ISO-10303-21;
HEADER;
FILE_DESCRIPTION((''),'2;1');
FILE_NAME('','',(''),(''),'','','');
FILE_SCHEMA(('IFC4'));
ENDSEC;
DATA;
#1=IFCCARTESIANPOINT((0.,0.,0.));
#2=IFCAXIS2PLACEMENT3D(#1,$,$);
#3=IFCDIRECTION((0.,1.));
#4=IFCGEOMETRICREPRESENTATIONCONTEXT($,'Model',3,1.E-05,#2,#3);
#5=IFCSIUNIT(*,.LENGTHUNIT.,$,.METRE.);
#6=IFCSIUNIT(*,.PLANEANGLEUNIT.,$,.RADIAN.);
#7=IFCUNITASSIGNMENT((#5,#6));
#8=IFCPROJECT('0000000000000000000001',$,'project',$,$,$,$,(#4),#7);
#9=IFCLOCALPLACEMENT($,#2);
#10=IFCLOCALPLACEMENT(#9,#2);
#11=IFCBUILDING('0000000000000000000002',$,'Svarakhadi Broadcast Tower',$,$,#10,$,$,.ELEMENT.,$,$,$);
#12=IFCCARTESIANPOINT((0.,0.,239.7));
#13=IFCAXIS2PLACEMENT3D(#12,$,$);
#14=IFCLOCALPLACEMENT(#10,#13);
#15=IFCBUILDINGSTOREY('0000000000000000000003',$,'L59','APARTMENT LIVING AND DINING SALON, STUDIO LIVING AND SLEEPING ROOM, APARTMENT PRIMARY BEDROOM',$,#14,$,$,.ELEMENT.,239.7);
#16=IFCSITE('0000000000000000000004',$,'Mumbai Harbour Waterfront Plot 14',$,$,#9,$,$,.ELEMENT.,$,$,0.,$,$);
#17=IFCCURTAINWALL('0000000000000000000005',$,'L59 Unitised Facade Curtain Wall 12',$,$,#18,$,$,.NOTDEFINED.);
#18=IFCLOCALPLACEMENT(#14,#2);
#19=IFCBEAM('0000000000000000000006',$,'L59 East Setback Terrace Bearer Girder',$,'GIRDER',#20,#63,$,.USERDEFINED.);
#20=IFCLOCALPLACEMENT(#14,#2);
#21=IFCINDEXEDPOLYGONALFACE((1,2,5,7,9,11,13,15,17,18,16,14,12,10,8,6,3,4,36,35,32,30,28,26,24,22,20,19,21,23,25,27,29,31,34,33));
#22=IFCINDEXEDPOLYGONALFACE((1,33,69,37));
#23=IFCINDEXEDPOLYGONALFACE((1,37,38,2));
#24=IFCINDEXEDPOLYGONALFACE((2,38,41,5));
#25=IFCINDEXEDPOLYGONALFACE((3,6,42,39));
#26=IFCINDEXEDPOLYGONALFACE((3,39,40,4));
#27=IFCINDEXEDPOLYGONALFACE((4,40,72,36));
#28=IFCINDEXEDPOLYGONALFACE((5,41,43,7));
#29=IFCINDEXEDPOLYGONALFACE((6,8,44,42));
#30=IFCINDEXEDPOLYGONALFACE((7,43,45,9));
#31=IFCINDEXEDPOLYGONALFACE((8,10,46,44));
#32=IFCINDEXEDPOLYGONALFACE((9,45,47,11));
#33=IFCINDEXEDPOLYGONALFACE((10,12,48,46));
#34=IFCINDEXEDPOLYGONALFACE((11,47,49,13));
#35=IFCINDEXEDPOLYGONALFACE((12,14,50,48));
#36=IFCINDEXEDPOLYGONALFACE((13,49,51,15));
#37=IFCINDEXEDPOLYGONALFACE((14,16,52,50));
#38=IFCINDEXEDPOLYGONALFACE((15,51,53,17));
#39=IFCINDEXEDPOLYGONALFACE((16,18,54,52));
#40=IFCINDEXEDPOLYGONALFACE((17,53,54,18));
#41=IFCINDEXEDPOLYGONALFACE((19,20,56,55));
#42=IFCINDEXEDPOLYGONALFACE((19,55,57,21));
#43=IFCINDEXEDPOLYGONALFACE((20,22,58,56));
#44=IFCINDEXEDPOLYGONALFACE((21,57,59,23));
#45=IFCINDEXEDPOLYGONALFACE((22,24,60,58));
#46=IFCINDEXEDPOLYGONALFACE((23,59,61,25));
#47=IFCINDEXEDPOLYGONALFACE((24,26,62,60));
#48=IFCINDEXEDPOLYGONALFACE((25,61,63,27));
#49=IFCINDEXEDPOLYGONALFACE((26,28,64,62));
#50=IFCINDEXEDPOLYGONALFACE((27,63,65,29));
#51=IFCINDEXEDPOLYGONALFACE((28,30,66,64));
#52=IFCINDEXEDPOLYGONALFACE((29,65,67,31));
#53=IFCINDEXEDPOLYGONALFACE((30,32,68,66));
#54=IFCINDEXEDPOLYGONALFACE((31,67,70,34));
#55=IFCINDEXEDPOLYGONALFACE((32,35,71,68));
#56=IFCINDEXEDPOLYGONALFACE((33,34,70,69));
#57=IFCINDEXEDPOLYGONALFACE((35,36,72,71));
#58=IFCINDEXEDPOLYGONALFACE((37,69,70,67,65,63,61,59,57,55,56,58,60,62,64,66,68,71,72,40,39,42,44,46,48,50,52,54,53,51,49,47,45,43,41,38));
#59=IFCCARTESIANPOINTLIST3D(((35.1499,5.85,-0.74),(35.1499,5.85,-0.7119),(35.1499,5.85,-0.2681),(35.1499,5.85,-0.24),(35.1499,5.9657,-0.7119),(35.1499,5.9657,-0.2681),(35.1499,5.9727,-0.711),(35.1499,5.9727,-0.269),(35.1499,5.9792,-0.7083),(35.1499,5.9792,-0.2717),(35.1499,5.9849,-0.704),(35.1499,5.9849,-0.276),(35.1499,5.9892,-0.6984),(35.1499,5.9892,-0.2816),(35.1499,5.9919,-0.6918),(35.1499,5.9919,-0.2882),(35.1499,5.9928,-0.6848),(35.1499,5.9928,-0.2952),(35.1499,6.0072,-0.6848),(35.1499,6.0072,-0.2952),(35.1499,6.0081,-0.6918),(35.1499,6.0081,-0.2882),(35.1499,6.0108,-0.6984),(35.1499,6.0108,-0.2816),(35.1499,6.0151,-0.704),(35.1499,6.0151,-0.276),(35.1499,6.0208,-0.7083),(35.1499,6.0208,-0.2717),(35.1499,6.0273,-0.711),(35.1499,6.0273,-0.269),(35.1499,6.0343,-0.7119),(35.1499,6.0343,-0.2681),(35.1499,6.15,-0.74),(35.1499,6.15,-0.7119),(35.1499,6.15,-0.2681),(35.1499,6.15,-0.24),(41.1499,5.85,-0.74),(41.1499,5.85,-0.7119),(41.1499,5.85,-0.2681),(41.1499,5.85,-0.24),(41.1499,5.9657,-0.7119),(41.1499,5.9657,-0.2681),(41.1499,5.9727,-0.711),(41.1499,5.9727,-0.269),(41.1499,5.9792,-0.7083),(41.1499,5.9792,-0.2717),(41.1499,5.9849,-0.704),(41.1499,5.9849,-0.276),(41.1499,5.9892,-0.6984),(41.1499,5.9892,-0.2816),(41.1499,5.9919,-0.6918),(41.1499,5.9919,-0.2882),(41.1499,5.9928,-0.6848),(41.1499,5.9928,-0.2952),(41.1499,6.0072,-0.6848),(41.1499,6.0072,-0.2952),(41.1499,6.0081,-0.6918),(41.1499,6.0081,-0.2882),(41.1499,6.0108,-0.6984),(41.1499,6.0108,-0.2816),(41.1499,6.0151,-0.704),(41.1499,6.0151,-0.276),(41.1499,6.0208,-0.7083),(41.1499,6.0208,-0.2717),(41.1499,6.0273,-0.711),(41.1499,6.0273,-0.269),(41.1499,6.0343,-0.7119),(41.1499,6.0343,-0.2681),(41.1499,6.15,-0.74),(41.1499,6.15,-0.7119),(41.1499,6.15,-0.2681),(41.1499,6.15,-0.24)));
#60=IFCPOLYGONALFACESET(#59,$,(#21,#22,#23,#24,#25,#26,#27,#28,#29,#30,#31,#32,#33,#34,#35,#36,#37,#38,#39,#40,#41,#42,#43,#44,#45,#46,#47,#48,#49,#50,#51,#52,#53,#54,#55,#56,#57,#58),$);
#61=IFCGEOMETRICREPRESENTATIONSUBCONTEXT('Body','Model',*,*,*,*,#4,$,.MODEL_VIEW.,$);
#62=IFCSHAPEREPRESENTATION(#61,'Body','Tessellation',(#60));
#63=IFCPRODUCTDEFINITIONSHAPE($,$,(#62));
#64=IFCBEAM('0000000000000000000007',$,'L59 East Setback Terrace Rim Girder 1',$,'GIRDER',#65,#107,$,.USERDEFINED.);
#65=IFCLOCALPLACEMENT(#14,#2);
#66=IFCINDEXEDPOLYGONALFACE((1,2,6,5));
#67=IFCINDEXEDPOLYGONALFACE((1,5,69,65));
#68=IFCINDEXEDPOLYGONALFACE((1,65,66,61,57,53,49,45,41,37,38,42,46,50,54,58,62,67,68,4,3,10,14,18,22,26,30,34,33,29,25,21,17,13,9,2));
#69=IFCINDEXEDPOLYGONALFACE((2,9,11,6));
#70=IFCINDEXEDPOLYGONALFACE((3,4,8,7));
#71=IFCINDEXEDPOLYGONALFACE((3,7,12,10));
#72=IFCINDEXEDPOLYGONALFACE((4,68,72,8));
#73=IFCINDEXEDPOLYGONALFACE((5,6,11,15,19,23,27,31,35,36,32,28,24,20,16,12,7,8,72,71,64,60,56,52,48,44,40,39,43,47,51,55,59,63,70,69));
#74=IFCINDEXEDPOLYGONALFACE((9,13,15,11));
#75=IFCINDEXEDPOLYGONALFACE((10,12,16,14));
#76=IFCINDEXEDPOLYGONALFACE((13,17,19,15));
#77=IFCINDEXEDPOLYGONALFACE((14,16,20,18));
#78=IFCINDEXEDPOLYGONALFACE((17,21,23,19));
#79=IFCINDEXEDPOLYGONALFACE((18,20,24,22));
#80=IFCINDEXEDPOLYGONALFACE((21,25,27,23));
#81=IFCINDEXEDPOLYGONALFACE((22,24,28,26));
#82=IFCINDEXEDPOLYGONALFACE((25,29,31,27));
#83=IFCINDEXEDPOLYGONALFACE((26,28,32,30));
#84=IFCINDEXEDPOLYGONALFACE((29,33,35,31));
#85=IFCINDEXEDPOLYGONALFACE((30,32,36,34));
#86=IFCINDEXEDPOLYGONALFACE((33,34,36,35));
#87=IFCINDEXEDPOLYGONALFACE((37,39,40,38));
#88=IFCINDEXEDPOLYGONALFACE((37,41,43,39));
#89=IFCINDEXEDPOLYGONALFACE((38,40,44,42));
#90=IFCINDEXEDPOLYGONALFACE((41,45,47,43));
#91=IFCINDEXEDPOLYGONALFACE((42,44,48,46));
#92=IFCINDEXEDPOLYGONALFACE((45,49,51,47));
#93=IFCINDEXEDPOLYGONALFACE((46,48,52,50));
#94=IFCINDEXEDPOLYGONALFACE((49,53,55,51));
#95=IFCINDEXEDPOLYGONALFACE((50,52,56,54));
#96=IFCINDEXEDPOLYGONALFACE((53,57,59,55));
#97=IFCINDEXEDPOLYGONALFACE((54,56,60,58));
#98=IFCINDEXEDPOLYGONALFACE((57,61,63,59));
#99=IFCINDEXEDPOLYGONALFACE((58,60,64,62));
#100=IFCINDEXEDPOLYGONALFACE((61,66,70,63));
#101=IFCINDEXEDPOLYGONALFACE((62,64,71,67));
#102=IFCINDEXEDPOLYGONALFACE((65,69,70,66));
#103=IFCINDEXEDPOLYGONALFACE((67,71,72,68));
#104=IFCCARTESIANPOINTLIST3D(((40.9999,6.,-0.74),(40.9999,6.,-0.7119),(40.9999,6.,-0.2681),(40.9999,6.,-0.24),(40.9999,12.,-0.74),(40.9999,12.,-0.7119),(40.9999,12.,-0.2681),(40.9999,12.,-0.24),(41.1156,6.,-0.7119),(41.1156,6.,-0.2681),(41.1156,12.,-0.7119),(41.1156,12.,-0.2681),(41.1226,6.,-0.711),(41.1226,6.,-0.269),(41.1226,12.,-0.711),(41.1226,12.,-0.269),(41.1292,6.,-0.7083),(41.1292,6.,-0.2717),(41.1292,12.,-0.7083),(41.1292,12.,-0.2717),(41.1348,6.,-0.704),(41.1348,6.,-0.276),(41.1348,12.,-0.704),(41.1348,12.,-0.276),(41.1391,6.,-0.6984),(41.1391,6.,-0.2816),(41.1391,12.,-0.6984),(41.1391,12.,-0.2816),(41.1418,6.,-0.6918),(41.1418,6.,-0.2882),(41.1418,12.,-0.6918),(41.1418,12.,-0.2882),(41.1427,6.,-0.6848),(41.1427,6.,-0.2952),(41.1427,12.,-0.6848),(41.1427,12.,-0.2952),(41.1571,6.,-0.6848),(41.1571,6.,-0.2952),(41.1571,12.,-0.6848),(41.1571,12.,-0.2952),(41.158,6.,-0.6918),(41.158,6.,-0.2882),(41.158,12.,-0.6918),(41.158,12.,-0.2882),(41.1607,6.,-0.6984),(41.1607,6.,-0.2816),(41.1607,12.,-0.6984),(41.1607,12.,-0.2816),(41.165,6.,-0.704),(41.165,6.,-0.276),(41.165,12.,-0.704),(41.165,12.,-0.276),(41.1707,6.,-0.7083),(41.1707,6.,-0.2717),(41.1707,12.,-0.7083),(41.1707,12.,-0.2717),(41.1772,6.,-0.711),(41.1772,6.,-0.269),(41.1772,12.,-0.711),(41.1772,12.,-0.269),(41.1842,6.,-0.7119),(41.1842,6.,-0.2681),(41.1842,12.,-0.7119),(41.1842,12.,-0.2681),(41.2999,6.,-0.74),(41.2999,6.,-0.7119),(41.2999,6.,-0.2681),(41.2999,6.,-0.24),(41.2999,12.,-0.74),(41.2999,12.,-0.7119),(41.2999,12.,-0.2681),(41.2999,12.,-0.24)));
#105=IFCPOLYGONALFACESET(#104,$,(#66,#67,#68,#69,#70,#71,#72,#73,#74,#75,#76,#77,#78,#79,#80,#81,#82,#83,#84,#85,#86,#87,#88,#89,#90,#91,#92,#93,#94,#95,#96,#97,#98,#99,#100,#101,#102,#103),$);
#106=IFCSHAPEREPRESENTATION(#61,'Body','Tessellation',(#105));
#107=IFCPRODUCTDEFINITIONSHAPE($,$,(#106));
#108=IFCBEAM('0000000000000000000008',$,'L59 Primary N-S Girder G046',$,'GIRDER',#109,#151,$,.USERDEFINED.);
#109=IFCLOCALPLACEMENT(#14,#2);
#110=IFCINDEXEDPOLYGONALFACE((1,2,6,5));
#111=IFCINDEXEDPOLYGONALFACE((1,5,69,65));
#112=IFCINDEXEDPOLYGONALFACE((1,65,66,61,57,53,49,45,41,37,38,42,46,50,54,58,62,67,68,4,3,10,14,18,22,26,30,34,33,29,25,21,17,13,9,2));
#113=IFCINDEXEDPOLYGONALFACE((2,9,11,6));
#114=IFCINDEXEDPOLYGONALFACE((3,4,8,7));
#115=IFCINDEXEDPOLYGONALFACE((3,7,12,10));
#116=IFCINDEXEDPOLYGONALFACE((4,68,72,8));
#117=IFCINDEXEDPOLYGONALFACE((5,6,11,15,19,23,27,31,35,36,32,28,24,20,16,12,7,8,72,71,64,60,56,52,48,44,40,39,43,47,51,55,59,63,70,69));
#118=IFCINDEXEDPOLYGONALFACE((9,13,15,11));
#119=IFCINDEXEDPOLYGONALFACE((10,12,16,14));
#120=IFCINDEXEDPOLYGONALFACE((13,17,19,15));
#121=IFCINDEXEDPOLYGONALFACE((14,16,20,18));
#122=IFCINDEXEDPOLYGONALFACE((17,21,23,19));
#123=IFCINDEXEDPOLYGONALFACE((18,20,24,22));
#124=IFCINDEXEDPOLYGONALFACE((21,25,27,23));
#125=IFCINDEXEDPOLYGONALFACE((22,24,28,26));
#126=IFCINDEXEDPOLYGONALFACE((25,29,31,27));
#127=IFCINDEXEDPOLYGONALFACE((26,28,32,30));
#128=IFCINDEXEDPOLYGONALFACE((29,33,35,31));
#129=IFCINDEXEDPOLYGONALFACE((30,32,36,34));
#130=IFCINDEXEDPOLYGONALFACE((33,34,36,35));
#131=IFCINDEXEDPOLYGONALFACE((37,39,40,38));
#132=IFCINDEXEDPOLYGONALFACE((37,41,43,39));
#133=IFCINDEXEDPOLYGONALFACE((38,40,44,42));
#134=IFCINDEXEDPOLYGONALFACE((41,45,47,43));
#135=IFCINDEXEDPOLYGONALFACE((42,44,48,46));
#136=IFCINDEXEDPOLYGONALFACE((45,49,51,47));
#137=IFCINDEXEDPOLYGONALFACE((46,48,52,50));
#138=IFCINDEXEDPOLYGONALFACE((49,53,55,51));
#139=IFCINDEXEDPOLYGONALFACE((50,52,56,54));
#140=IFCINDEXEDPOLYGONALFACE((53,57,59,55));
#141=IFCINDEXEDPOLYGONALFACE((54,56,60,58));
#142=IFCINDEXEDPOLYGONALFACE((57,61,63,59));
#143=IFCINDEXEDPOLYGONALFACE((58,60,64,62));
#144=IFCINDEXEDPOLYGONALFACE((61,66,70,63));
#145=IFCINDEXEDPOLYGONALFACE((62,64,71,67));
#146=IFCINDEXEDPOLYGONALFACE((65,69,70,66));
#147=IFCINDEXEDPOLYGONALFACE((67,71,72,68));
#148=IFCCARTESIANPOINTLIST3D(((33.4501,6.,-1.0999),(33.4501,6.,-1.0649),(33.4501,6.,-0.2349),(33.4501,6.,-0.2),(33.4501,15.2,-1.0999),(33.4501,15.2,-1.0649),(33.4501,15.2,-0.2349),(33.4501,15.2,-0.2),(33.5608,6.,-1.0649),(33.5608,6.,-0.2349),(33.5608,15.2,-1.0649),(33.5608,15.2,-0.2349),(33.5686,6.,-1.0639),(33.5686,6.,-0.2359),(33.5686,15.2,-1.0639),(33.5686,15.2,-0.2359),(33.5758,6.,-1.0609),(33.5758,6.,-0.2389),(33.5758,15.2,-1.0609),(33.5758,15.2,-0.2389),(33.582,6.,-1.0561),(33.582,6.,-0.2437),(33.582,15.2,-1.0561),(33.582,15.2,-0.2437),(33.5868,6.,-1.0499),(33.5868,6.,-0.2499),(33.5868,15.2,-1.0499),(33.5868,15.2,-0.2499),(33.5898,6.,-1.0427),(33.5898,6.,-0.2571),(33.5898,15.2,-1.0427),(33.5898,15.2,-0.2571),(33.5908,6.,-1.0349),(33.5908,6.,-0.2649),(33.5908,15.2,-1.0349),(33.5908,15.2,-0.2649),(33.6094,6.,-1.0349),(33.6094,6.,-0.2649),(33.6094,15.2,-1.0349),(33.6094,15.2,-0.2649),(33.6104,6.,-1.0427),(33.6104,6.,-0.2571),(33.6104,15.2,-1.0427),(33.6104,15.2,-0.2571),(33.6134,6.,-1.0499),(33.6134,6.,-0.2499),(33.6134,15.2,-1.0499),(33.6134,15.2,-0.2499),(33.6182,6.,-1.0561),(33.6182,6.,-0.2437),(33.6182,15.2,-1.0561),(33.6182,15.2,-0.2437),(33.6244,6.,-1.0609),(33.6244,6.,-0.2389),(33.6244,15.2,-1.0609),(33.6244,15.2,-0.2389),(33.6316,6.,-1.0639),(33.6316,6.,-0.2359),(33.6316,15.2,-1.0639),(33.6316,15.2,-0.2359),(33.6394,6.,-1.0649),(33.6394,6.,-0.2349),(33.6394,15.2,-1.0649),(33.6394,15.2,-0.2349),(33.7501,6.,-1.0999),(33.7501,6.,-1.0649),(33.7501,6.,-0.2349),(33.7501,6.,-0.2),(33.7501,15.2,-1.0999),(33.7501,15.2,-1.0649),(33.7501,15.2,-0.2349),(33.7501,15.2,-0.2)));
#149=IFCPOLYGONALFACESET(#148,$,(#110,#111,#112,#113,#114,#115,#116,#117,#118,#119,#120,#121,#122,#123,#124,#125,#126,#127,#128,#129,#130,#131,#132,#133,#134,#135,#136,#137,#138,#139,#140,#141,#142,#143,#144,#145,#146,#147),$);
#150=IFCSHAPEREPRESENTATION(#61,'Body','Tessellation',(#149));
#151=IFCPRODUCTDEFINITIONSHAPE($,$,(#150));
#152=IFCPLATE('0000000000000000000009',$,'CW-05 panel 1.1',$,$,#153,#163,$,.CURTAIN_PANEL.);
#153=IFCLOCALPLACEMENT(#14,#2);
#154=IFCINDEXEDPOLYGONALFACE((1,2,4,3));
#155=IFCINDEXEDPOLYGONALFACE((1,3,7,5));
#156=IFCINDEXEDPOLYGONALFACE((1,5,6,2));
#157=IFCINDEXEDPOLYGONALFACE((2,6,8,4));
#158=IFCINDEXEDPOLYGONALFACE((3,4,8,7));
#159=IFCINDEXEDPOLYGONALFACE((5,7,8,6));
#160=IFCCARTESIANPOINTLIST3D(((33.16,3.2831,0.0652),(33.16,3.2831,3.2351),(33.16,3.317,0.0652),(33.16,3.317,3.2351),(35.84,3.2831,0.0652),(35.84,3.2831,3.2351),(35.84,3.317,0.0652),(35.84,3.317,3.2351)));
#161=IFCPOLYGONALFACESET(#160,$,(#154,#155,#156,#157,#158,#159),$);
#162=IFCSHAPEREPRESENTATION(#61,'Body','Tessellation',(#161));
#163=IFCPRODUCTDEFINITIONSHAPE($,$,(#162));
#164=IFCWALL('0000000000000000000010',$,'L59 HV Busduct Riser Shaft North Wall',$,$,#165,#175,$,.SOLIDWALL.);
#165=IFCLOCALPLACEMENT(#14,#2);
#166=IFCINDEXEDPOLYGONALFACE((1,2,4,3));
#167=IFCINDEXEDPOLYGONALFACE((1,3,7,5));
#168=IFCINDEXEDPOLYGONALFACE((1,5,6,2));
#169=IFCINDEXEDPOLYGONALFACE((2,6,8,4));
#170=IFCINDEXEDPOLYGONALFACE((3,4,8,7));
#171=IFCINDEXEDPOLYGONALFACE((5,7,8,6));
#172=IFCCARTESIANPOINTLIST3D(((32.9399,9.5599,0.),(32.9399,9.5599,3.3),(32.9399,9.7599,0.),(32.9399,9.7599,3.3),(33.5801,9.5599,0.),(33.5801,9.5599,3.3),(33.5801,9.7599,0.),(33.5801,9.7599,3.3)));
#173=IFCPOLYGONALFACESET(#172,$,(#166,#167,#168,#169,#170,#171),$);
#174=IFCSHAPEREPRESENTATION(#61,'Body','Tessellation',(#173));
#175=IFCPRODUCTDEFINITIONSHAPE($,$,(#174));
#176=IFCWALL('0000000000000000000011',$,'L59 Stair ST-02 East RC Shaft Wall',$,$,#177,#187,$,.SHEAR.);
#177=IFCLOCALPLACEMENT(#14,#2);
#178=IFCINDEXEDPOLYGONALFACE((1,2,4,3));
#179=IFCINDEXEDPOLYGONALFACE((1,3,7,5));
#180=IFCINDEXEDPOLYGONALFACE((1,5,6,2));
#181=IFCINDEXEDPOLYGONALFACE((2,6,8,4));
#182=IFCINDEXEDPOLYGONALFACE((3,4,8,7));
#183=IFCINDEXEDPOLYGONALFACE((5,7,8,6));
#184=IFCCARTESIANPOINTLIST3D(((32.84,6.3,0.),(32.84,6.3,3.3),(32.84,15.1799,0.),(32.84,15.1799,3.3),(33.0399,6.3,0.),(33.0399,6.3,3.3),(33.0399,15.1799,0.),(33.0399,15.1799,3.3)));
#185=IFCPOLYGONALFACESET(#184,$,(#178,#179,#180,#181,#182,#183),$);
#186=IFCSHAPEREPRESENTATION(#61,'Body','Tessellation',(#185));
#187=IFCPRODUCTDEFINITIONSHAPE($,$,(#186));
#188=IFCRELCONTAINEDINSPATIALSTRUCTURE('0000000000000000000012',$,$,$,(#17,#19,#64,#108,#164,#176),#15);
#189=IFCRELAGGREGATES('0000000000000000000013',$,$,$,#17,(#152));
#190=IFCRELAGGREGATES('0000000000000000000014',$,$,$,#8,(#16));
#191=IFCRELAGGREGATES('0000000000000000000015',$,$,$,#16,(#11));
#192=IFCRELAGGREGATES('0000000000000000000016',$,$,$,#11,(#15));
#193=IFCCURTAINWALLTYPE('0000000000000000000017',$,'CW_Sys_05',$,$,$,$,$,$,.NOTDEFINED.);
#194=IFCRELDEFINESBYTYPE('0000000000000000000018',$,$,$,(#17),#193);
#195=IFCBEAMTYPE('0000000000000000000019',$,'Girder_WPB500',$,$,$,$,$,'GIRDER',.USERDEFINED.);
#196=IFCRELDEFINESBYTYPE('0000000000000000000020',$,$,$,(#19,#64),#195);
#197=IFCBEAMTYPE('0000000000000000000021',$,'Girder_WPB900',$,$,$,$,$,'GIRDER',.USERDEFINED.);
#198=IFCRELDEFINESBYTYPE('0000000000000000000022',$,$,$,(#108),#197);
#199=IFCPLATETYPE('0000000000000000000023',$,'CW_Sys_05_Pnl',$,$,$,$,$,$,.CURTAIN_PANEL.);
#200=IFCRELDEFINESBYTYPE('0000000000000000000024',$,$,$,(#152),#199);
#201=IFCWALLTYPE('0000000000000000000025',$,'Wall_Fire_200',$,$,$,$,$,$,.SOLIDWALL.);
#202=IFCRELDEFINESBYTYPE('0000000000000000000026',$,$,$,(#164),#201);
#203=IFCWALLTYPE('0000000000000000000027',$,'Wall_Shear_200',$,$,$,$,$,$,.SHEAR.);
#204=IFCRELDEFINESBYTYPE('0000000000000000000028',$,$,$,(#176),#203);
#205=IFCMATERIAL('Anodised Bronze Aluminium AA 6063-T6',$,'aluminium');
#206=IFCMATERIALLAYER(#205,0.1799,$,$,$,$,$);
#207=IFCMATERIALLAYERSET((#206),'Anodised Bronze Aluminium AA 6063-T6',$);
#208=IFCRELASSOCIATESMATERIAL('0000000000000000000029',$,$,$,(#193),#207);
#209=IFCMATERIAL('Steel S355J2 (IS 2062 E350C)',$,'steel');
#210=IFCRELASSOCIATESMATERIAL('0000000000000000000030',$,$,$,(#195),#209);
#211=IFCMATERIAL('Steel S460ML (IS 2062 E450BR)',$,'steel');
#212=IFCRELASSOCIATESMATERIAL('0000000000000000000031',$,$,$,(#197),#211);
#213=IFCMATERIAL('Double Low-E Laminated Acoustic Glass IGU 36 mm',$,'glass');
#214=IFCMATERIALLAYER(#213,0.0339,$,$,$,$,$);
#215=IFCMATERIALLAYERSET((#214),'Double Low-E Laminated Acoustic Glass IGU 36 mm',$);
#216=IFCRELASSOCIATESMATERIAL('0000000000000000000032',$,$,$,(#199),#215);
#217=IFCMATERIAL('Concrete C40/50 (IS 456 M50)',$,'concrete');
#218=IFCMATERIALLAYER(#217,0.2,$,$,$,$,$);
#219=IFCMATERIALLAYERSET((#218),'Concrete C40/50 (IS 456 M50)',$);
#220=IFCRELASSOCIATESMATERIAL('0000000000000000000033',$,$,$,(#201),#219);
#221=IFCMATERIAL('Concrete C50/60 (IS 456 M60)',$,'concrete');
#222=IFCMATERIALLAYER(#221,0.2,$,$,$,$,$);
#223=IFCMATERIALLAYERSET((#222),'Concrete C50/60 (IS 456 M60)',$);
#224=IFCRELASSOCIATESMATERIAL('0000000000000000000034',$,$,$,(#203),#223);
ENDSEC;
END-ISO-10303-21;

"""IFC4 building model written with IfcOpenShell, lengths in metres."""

from ifc_helpers import new_model, si_unit, direction, frame, frame_2d, origin, origin_2d, place, context, subcontext, project, spatial, rectangle, i_section, extrude, material, layer, layer_set, material_profile, profile_set, type_object, element, aggregate, save


model = new_model("IFC4")

# Units and contexts
model_context = context("Model", 3, precision=1e-05, world=origin(), true_north=direction((0.0, 1.0)))
body_context = subcontext(model_context, "Body", "Model", "MODEL_VIEW")
ifc_project = project(units=[si_unit("LENGTHUNIT", "METRE"), si_unit("PLANEANGLEUNIT", "RADIAN")], contexts=[model_context])

# Site, building, storey
site_placement = place(None, origin())
site = spatial("IfcSite", under=ifc_project, at=site_placement, Name="Mumbai Harbour Waterfront Plot 14", CompositionType="ELEMENT", RefElevation=0.0)
building_placement = place(site_placement, origin())
building = spatial("IfcBuilding", under=site, at=building_placement, Name="Svarakhadi Broadcast Tower", CompositionType="ELEMENT")
storey_placement = place(building_placement, frame((0.0, 0.0, 239.7)))
storey = spatial("IfcBuildingStorey", under=building, at=storey_placement, Name="L59", Description="APARTMENT LIVING AND DINING SALON, STUDIO LIVING AND SLEEPING ROOM, APARTMENT PRIMARY BEDROOM", CompositionType="ELEMENT", Elevation=239.7)

# Shared definitions
ifc_material_1 = material(Name="Concrete C50/60 (IS 456 M60)", Category="concrete")
ifc_material_2 = material(Name="Steel S460ML (IS 2062 E450BR)", Category="steel")

# Curtain wall
ifc_material_3 = material(Name="Anodised Bronze Aluminium AA 6063-T6", Category="aluminium")
ifc_layer_1 = layer(ifc_material_3, 0.1799)
ifc_layer_set_1 = layer_set([ifc_layer_1], Name="Anodised Bronze Aluminium AA 6063-T6")
curtain_wall_type = type_object("IfcCurtainWallType", Name="CW_Sys_05", PredefinedType="NOTDEFINED", material=ifc_layer_set_1)
curtain_wall_1_placement = place(storey_placement, origin())
curtain_wall_1 = element("IfcCurtainWall", 1, at=curtain_wall_1_placement, inside=storey, type_object=curtain_wall_type, Name="L59 Unitised Facade Curtain Wall 12", PredefinedType="NOTDEFINED")

# Beams
ifc_material_4 = material(Name="Steel S355J2 (IS 2062 E350C)", Category="steel")
ifc_material_profile_1 = material_profile(ifc_material_4, i_section(OverallWidth=0.3, OverallDepth=0.5, WebThickness=0.0144, FlangeThickness=0.0281, FilletRadius=0.0271, at=origin_2d()), Name="WPB 500x300x187")
ifc_profile_set_1 = profile_set([ifc_material_profile_1], Name="Steel S355J2 (IS 2062 E350C)")
beam_type_1 = type_object("IfcBeamType", Name="Girder_WPB500", ElementType="GIRDER", PredefinedType="USERDEFINED", material=ifc_profile_set_1)
for number, where, z_axis, x_axis, name in (
    (2, (35.1499, 6.0, -0.49), (1.0, 0.0, 0.0), (0.0, 1.0, 0.0), "L59 East Setback Terrace Bearer Girder"),
    (3, (41.1499, 6.0, -0.49), (0.0, 1.0, 0.0), (-1.0, 0.0, 0.0), "L59 East Setback Terrace Rim Girder 1"),
):
    element("IfcBeam", number, at=place(storey_placement, frame(where, z_axis=z_axis, x_axis=x_axis)), inside=storey, type_object=beam_type_1, Name=name, ObjectType="GIRDER", PredefinedType="USERDEFINED", context=body_context, shape_type="SweptSolid", body=[
        extrude(i_section(OverallWidth=0.3, OverallDepth=0.5, WebThickness=0.0144, FlangeThickness=0.0281, FilletRadius=0.0271, at=origin_2d()), origin(), (0.0, 0.0, 1.0), 6.0),
    ])
ifc_material_profile_2 = material_profile(ifc_material_2, i_section(OverallWidth=0.3, OverallDepth=0.8999, WebThickness=0.0186, FlangeThickness=0.0349, FilletRadius=0.03, at=origin_2d()), Name="WPB 900x300x291")
ifc_profile_set_2 = profile_set([ifc_material_profile_2], Name="Steel S460ML (IS 2062 E450BR)")
beam_type_2 = type_object("IfcBeamType", Name="Girder_WPB900", ElementType="GIRDER", PredefinedType="USERDEFINED", material=ifc_profile_set_2)
beam_1_placement = place(storey_placement, frame((33.6001, 6.0, -0.6499), z_axis=(0.0, 1.0, 0.0), x_axis=(-1.0, 0.0, 0.0)))
element("IfcBeam", 4, at=beam_1_placement, inside=storey, type_object=beam_type_2, Name="L59 Primary N-S Girder G046", ObjectType="GIRDER", PredefinedType="USERDEFINED", context=body_context, shape_type="SweptSolid", body=[
    extrude(i_section(OverallWidth=0.3, OverallDepth=0.8999, WebThickness=0.0186, FlangeThickness=0.0349, FilletRadius=0.03, at=origin_2d()), origin(), (0.0, 0.0, 1.0), 9.2),
])

# Plate
ifc_material_5 = material(Name="Double Low-E Laminated Acoustic Glass IGU 36 mm", Category="glass")
ifc_layer_2 = layer(ifc_material_5, 0.0339)
ifc_layer_set_2 = layer_set([ifc_layer_2], Name="Double Low-E Laminated Acoustic Glass IGU 36 mm")
plate_type = type_object("IfcPlateType", Name="CW_Sys_05_Pnl", PredefinedType="CURTAIN_PANEL", material=ifc_layer_set_2)
plate_placement = place(storey_placement, frame((34.5, 3.3, 0.0652), z_axis=(0.0, 0.0, 1.0), x_axis=(-1.0, 0.0, 0.0)))
plate = element("IfcPlate", 5, at=plate_placement, type_object=plate_type, Name="CW-05 panel 1.1", PredefinedType="CURTAIN_PANEL", context=body_context, shape_type="SweptSolid", body=[
    extrude(rectangle(XDim=2.6799, YDim=0.0339, at=origin_2d()), origin(), (0.0, 0.0, 1.0), 3.1699),
])
aggregate(curtain_wall_1, [plate])

# Walls
ifc_material_6 = material(Name="Concrete C40/50 (IS 456 M50)", Category="concrete")
ifc_layer_3 = layer(ifc_material_6, 0.2)
ifc_layer_set_3 = layer_set([ifc_layer_3], Name="Concrete C40/50 (IS 456 M50)")
wall_type_1 = type_object("IfcWallType", Name="Wall_Fire_200", PredefinedType="SOLIDWALL", material=ifc_layer_set_3)
wall_1_placement = place(storey_placement, frame((32.9399, 9.6599, 0.0), z_axis=(0.0, 0.0, 1.0), x_axis=(1.0, 0.0, 0.0)))
element("IfcWall", 6, at=wall_1_placement, inside=storey, type_object=wall_type_1, Name="L59 HV Busduct Riser Shaft North Wall", PredefinedType="SOLIDWALL", context=body_context, shape_type="SweptSolid", body=[
    extrude(rectangle(XDim=0.6401, YDim=0.2, at=frame_2d((0.3201, 0.0))), origin(), (0.0, 0.0, 1.0), 3.3),
])
ifc_layer_4 = layer(ifc_material_1, 0.2)
ifc_layer_set_4 = layer_set([ifc_layer_4], Name="Concrete C50/60 (IS 456 M60)")
wall_type_2 = type_object("IfcWallType", Name="Wall_Shear_200", PredefinedType="SHEAR", material=ifc_layer_set_4)
wall_2_placement = place(storey_placement, frame((32.9399, 6.3, 0.0), z_axis=(0.0, 0.0, 1.0), x_axis=(0.0, 1.0, 0.0)))
element("IfcWall", 7, at=wall_2_placement, inside=storey, type_object=wall_type_2, Name="L59 Stair ST-02 East RC Shaft Wall", PredefinedType="SHEAR", context=body_context, shape_type="SweptSolid", body=[
    extrude(rectangle(XDim=8.8799, YDim=0.2, at=frame_2d((4.4399, 0.0))), origin(), (0.0, 0.0, 1.0), 3.3),
])

save(model, "model.ifc")
